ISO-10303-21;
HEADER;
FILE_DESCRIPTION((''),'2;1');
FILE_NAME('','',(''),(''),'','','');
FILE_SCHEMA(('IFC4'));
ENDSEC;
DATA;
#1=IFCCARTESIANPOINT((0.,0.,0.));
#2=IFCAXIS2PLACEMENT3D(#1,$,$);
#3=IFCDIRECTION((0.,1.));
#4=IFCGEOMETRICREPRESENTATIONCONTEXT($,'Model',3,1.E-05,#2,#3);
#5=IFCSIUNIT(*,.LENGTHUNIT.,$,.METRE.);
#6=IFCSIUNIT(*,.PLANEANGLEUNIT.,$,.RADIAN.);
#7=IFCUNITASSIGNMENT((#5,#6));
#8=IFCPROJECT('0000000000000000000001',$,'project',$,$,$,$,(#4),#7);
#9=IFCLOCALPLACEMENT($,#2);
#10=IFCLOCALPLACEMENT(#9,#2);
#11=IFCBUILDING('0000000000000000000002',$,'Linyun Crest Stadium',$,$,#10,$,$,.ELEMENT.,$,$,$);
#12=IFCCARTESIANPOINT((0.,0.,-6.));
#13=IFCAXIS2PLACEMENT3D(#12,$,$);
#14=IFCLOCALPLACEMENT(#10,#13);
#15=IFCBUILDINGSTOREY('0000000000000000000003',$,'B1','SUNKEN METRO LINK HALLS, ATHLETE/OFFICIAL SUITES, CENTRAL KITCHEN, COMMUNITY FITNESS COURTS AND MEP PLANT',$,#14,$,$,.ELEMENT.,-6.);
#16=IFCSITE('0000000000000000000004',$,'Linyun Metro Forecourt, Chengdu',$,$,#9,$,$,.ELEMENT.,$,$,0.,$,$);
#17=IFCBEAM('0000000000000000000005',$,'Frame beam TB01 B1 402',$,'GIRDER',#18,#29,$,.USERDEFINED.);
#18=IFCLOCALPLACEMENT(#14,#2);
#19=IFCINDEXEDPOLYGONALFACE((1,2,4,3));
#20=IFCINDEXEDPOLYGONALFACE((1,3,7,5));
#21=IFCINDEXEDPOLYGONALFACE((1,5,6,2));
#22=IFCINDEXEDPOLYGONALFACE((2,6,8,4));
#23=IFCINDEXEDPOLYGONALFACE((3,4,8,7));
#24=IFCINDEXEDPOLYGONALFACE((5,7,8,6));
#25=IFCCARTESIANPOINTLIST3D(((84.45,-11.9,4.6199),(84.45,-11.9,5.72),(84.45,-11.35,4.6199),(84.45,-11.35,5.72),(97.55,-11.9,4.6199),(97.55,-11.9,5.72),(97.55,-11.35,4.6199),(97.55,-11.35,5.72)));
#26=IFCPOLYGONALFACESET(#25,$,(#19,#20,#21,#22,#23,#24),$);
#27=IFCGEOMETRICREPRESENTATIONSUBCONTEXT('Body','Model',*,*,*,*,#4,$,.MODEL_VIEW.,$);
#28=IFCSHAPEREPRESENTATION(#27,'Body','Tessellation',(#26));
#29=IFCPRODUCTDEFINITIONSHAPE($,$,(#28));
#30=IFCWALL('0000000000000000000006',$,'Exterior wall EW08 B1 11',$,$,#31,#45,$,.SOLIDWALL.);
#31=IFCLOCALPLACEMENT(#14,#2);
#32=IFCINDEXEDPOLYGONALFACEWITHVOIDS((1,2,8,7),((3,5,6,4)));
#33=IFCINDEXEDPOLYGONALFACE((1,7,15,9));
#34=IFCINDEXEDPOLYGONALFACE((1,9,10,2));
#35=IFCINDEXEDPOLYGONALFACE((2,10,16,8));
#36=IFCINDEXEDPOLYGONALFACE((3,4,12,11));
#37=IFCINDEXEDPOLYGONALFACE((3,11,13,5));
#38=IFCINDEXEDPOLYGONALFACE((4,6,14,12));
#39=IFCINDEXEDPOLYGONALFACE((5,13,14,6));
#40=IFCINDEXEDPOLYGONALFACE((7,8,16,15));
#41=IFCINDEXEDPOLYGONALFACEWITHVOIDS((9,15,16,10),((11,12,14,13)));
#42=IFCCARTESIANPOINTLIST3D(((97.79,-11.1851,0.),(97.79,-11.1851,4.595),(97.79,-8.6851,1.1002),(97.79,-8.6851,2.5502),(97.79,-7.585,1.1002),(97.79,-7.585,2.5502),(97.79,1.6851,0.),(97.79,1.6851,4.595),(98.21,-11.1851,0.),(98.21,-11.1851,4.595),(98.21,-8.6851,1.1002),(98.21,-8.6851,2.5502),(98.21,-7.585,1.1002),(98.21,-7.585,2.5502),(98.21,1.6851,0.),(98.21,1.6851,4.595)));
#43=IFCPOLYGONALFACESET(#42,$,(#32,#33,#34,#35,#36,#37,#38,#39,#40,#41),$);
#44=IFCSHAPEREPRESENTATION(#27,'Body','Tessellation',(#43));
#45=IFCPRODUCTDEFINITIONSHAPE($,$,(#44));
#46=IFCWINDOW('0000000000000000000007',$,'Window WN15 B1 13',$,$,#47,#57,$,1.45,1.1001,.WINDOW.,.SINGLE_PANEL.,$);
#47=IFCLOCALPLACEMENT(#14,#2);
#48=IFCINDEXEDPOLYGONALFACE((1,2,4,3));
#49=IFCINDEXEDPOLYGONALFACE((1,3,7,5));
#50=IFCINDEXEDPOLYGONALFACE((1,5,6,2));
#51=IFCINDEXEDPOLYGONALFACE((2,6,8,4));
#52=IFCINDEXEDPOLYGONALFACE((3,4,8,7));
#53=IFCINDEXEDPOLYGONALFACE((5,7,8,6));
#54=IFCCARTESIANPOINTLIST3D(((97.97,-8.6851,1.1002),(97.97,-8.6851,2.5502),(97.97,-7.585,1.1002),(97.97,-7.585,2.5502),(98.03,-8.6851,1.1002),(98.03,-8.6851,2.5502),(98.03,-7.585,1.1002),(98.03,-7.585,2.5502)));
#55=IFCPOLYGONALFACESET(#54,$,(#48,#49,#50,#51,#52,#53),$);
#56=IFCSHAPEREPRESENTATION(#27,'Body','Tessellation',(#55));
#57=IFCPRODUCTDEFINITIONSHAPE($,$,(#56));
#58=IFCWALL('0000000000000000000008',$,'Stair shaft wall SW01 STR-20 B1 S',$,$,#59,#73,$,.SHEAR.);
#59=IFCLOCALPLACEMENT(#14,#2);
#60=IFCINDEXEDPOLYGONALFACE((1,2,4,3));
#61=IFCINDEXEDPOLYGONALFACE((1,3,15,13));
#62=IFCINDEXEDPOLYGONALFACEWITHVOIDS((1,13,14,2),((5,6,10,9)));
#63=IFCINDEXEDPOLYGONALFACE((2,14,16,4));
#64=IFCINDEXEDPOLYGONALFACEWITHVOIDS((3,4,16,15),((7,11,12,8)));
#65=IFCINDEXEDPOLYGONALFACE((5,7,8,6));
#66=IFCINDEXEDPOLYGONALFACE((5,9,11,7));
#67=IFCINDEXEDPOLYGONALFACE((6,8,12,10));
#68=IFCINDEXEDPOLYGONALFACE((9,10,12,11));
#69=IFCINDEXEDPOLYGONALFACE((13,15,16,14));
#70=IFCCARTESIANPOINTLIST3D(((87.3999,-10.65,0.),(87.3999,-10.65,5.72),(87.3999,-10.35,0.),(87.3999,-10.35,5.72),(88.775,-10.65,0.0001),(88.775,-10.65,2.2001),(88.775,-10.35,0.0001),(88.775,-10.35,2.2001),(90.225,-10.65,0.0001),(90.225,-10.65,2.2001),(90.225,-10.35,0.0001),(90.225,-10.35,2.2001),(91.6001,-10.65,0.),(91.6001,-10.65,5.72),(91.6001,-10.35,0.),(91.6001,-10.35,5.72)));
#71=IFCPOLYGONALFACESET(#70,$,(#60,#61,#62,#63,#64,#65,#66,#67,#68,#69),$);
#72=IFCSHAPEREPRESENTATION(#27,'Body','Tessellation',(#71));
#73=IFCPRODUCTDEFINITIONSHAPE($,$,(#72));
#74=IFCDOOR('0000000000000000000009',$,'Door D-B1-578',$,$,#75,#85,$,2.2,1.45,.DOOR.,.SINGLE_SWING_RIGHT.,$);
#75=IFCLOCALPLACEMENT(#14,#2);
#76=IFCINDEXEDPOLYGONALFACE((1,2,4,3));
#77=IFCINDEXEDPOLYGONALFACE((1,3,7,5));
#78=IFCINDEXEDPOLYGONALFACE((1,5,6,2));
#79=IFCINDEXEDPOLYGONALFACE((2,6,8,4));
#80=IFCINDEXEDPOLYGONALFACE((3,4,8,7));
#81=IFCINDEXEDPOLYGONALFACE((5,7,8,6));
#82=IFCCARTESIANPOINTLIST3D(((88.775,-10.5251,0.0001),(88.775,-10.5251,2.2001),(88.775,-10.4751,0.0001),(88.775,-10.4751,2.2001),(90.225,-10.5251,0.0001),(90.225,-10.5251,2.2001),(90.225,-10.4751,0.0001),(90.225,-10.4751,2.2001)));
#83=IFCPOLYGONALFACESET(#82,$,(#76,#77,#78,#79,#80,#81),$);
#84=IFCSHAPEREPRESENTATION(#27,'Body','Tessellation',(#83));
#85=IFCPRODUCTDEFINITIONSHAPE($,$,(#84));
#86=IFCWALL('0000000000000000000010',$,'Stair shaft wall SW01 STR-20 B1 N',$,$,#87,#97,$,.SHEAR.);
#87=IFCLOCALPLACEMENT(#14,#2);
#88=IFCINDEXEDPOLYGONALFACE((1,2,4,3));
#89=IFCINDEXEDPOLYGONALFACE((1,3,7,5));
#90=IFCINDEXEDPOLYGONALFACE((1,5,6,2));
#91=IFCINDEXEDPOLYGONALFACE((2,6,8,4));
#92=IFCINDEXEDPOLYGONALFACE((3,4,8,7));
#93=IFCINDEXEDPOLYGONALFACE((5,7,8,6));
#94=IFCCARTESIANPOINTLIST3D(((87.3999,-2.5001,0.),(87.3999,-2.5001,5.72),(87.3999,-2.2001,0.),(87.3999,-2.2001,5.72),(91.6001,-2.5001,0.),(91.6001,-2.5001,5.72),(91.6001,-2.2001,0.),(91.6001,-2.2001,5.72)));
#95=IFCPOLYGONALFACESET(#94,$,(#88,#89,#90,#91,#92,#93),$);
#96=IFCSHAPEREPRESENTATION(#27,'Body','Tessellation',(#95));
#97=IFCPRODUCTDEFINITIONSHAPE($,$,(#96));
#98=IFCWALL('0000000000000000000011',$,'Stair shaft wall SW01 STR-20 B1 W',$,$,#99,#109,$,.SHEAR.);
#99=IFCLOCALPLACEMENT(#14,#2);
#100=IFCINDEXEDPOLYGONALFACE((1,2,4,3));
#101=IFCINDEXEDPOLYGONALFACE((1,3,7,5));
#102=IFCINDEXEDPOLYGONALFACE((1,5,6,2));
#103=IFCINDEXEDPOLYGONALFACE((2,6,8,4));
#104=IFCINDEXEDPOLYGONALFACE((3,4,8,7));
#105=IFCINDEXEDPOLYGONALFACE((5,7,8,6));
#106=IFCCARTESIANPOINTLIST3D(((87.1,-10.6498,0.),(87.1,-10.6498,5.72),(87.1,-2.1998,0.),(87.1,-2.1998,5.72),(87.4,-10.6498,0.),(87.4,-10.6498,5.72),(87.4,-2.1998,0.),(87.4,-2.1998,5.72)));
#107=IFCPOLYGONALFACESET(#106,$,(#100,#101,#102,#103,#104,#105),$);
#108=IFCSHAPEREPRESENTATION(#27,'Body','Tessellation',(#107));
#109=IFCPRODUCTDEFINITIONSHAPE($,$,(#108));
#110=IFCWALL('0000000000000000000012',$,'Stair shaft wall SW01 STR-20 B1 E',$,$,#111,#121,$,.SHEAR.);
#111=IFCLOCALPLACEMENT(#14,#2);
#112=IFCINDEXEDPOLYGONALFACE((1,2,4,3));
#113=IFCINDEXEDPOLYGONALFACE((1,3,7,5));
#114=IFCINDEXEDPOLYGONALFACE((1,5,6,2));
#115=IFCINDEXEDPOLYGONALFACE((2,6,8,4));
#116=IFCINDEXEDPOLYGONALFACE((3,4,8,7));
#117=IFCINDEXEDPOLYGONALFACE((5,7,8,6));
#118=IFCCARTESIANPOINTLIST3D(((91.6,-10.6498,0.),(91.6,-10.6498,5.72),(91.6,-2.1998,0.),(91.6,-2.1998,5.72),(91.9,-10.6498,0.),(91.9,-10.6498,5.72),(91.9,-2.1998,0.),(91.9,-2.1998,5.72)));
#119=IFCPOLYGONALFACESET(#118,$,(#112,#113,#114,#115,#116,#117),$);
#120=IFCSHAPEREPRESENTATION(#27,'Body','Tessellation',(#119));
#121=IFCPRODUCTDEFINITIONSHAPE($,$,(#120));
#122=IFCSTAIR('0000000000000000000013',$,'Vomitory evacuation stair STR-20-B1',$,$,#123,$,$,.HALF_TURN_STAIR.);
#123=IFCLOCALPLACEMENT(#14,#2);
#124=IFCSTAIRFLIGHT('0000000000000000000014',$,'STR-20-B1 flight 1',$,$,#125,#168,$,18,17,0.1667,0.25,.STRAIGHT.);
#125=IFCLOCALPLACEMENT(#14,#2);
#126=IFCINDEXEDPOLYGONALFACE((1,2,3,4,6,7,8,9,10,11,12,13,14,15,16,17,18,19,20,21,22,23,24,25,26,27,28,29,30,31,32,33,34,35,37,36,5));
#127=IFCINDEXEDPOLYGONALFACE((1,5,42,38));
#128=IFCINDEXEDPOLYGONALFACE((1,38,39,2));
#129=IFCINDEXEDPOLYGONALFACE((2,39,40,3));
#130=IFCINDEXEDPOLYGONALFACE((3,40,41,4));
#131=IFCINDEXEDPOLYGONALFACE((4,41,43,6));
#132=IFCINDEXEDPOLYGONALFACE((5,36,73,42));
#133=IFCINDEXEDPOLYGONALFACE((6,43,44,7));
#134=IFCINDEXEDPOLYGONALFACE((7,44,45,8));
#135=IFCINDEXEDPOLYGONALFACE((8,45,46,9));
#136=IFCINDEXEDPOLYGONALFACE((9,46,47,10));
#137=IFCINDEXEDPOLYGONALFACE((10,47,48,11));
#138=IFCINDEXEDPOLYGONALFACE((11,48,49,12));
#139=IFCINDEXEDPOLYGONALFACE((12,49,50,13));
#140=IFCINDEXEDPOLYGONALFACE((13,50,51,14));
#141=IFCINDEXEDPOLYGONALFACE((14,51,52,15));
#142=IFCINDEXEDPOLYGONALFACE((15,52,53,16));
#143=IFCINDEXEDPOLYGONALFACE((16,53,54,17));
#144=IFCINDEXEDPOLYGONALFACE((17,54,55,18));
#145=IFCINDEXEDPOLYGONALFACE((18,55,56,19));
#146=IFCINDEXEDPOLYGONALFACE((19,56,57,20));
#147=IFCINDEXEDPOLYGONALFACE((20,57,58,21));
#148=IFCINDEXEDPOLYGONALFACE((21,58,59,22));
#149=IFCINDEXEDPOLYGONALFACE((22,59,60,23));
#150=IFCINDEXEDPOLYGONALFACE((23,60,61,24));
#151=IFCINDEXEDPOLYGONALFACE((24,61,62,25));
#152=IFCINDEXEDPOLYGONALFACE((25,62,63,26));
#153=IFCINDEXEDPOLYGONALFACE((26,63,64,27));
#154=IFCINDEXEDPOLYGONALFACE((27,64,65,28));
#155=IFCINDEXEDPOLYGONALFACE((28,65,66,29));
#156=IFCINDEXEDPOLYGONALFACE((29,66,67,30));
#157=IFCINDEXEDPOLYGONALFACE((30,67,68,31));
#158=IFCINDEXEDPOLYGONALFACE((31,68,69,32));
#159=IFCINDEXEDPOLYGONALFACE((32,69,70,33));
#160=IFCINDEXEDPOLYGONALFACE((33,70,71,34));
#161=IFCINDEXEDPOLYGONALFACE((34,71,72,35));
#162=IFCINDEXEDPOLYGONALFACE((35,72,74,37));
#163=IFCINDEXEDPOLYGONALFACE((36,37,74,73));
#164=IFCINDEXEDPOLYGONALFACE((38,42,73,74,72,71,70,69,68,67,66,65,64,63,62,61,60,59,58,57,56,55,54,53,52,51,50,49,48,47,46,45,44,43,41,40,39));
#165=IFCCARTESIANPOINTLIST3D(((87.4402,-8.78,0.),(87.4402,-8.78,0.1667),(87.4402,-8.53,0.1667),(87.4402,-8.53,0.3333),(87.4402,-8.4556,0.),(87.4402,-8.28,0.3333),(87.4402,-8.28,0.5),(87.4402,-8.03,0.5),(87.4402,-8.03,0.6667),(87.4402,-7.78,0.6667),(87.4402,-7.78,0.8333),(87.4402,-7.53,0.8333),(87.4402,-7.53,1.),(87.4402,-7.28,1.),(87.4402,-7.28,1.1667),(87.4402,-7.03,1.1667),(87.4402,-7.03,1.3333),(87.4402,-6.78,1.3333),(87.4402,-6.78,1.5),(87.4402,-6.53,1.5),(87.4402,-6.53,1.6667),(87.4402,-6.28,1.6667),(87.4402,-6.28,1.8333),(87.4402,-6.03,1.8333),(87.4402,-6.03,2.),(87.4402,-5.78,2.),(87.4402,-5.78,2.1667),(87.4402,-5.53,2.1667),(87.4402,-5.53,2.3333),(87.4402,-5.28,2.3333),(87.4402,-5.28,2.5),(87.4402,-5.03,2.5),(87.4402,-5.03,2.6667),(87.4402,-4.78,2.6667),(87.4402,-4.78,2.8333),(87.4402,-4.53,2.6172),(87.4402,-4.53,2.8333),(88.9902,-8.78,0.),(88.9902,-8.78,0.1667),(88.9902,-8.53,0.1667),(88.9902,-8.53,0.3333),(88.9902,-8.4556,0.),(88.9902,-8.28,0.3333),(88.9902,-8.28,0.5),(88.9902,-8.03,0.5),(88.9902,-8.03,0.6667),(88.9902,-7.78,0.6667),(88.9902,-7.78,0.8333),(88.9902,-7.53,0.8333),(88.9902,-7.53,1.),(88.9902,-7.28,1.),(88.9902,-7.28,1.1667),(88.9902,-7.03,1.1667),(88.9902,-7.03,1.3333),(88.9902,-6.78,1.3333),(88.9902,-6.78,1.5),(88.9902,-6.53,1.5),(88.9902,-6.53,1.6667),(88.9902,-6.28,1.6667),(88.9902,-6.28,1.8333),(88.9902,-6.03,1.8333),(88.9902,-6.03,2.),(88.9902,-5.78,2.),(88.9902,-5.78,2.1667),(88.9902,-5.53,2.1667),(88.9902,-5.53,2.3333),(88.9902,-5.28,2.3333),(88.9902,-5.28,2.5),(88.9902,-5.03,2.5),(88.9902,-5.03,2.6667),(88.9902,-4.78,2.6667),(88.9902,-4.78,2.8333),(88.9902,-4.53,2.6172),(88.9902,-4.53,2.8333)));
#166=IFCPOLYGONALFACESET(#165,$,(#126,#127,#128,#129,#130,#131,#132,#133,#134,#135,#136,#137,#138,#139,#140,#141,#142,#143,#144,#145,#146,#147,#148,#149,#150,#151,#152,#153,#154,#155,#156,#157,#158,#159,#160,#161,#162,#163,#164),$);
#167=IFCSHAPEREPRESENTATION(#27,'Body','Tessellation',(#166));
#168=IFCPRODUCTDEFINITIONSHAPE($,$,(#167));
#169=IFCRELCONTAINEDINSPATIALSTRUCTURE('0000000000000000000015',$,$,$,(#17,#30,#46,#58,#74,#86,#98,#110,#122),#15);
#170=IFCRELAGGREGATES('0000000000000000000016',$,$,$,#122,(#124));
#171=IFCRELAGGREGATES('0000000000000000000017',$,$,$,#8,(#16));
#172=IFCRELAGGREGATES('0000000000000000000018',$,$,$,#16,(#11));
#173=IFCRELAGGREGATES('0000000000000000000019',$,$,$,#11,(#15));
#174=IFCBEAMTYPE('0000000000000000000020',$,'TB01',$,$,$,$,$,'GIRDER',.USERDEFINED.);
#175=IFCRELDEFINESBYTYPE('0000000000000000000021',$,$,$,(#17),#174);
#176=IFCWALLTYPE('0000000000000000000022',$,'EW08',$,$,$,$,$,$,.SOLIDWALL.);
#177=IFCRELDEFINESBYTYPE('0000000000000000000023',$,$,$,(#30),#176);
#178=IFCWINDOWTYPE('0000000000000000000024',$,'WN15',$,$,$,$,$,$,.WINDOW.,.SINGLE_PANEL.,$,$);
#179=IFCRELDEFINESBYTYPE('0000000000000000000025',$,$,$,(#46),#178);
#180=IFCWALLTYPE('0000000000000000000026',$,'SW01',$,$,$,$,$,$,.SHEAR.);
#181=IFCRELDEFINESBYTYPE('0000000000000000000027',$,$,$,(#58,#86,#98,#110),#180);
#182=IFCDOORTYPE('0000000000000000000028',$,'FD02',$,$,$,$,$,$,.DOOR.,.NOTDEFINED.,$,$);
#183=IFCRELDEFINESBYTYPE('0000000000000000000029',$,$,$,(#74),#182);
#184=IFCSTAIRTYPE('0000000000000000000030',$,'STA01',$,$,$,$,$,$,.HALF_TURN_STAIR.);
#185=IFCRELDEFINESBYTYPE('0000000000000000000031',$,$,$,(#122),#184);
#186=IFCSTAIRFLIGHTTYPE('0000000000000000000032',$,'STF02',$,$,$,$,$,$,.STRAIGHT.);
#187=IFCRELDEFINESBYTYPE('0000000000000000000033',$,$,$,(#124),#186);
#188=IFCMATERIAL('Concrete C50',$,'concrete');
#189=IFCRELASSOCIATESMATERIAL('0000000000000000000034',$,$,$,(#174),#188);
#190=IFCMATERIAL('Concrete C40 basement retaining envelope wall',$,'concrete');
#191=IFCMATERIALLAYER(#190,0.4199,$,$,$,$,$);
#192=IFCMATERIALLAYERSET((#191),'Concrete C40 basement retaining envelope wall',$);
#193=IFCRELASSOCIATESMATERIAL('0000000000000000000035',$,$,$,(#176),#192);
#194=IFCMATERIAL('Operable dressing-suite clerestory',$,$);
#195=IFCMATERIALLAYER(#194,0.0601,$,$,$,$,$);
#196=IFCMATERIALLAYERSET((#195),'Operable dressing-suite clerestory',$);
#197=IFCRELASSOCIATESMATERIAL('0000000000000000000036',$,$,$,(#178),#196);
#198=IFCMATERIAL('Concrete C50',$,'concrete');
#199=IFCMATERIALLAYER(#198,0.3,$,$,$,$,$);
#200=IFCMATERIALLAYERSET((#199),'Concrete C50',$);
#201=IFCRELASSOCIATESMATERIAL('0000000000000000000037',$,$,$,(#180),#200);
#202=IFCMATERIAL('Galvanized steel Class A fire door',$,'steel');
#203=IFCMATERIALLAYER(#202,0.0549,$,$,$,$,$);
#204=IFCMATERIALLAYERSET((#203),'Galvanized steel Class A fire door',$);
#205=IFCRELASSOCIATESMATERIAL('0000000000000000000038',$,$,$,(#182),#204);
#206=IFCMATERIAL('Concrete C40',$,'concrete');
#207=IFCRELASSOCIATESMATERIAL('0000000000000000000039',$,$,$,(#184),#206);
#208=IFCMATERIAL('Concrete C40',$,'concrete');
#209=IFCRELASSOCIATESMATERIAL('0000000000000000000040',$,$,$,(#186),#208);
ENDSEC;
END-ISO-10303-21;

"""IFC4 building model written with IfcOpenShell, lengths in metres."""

from ifc_helpers import new_model, si_unit, direction, frame, frame_2d, origin, origin_2d, place, context, subcontext, project, spatial, polyline, rectangle, outline, extrude, material, layer, layer_set, material_profile, profile_set, type_object, element, fill, aggregate, save


model = new_model("IFC4")

# Units and contexts
model_context = context("Model", 3, precision=1e-05, world=origin(), true_north=direction((0.0, 1.0)))
body_context = subcontext(model_context, "Body", "Model", "MODEL_VIEW")
ifc_project = project(units=[si_unit("LENGTHUNIT", "METRE"), si_unit("PLANEANGLEUNIT", "RADIAN")], contexts=[model_context])

# Site, building, storey
site_placement = place(None, origin())
site = spatial("IfcSite", under=ifc_project, at=site_placement, Name="Linyun Metro Forecourt, Chengdu", CompositionType="ELEMENT", RefElevation=0.0)
building_placement = place(site_placement, origin())
building = spatial("IfcBuilding", under=site, at=building_placement, Name="Linyun Crest Stadium", CompositionType="ELEMENT")
storey_placement = place(building_placement, frame((0.0, 0.0, -6.0)))
storey = spatial("IfcBuildingStorey", under=building, at=storey_placement, Name="B1", Description="SUNKEN METRO LINK HALLS, ATHLETE/OFFICIAL SUITES, CENTRAL KITCHEN, COMMUNITY FITNESS COURTS AND MEP PLANT", CompositionType="ELEMENT", Elevation=-6.0)

# Beam
ifc_material_1 = material(Name="Concrete C50", Category="concrete")
ifc_material_profile_1 = material_profile(ifc_material_1, rectangle(XDim=0.55, YDim=1.1001, at=origin_2d()), Name="RCB 1100x550")
ifc_profile_set_1 = profile_set([ifc_material_profile_1], Name="Concrete C50")
beam_type_1 = type_object("IfcBeamType", Name="TB01", ElementType="GIRDER", PredefinedType="USERDEFINED", material=ifc_profile_set_1)
beam_1_placement = place(storey_placement, frame((84.45, -11.625, 5.1699), z_axis=(1.0, 0.0, 0.0), x_axis=(0.0, 1.0, 0.0)))
element("IfcBeam", 1, at=beam_1_placement, inside=storey, type_object=beam_type_1, Name="Frame beam TB01 B1 402", ObjectType="GIRDER", PredefinedType="USERDEFINED", context=body_context, shape_type="SweptSolid", body=[
    extrude(rectangle(XDim=0.55, YDim=1.1001, at=origin_2d()), origin(), (0.0, 0.0, 1.0), 13.1001),
])

# Wall, opening, window
ifc_material_2 = material(Name="Concrete C40 basement retaining envelope wall", Category="concrete")
ifc_layer_1 = layer(ifc_material_2, 0.4199)
ifc_layer_set_1 = layer_set([ifc_layer_1], Name="Concrete C40 basement retaining envelope wall")
wall_type_1 = type_object("IfcWallType", Name="EW08", PredefinedType="SOLIDWALL", material=ifc_layer_set_1)
wall_1_placement = place(storey_placement, frame((98.0, -11.1851, 0.0), z_axis=(0.0, 0.0, 1.0), x_axis=(0.0, 1.0, 0.0)))
wall_1 = element("IfcWall", 2, at=wall_1_placement, inside=storey, type_object=wall_type_1, Name="Exterior wall EW08 B1 11", PredefinedType="SOLIDWALL", context=body_context, shape_type="SweptSolid", body=[
    extrude(rectangle(XDim=12.8701, YDim=0.4199, at=frame_2d((6.4351, 0.0))), origin(), (0.0, 0.0, 1.0), 4.595),
])
opening_1_placement = place(wall_1_placement, frame((2.5, 0.0, 1.1001)))
opening_1 = element("IfcOpeningElement", 3, at=opening_1_placement, cuts=wall_1, PredefinedType="OPENING", context=body_context, shape_type="SweptSolid", body=[
    extrude(rectangle(XDim=1.1001, YDim=1.45, at=frame_2d((0.55, 0.7251))), frame((0.0, 0.22, 0.0), z_axis=(0.0, -1.0, 0.0), x_axis=(1.0, 0.0, 0.0)), (0.0, 0.0, 1.0), 0.4399),
])
ifc_material_3 = material(Name="Operable dressing-suite clerestory")
ifc_layer_2 = layer(ifc_material_3, 0.0601)
ifc_layer_set_2 = layer_set([ifc_layer_2], Name="Operable dressing-suite clerestory")
window_type = type_object("IfcWindowType", Name="WN15", PartitioningType="SINGLE_PANEL", PredefinedType="WINDOW", material=ifc_layer_set_2)
window_placement = place(opening_1_placement, origin())
window = element("IfcWindow", 4, at=window_placement, inside=storey, type_object=window_type, Name="Window WN15 B1 13", OverallHeight=1.45, OverallWidth=1.1001, PartitioningType="SINGLE_PANEL", PredefinedType="WINDOW", context=body_context, shape_type="SweptSolid", body=[
    extrude(rectangle(XDim=1.1001, YDim=1.45, at=frame_2d((0.55, 0.7251))), frame((0.0, 0.03, 0.0), z_axis=(0.0, -1.0, 0.0), x_axis=(1.0, 0.0, 0.0)), (0.0, 0.0, 1.0), 0.0601),
])
fill(opening_1, window)

# Wall, opening, door
ifc_material_4 = material(Name="Concrete C50", Category="concrete")
ifc_layer_3 = layer(ifc_material_4, 0.3)
ifc_layer_set_3 = layer_set([ifc_layer_3], Name="Concrete C50")
wall_type_2 = type_object("IfcWallType", Name="SW01", PredefinedType="SHEAR", material=ifc_layer_set_3)
wall_2_placement = place(storey_placement, frame((87.3999, -10.5, 0.0), z_axis=(0.0, 0.0, 1.0), x_axis=(1.0, 0.0, 0.0)))
wall_2 = element("IfcWall", 5, at=wall_2_placement, inside=storey, type_object=wall_type_2, Name="Stair shaft wall SW01 STR-20 B1 S", PredefinedType="SHEAR", context=body_context, shape_type="SweptSolid", body=[
    extrude(rectangle(XDim=4.2002, YDim=0.3, at=frame_2d((2.1001, 0.0))), origin(), (0.0, 0.0, 1.0), 5.72),
])
opening_2_placement = place(wall_2_placement, frame((1.375, 0.0, 0.0)))
opening_2 = element("IfcOpeningElement", 6, at=opening_2_placement, cuts=wall_2, PredefinedType="OPENING", context=body_context, shape_type="SweptSolid", body=[
    extrude(rectangle(XDim=1.45, YDim=2.2, at=frame_2d((0.7251, 1.1001))), frame((0.0, 0.1599, 0.0), z_axis=(0.0, -1.0, 0.0), x_axis=(1.0, 0.0, 0.0)), (0.0, 0.0, 1.0), 0.3201),
])
ifc_material_5 = material(Name="Galvanized steel Class A fire door", Category="steel")
ifc_layer_4 = layer(ifc_material_5, 0.0549)
ifc_layer_set_4 = layer_set([ifc_layer_4], Name="Galvanized steel Class A fire door")
door_type = type_object("IfcDoorType", Name="FD02", OperationType="NOTDEFINED", PredefinedType="DOOR", material=ifc_layer_set_4)
door_placement = place(opening_2_placement, origin())
door = element("IfcDoor", 7, at=door_placement, inside=storey, type_object=door_type, Name="Door D-B1-578", OperationType="SINGLE_SWING_RIGHT", OverallHeight=2.2, OverallWidth=1.45, PredefinedType="DOOR", context=body_context, shape_type="SweptSolid", body=[
    extrude(rectangle(XDim=1.45, YDim=2.2, at=frame_2d((0.7251, 1.1001))), frame((0.0, 0.0249, 0.0), z_axis=(0.0, -1.0, 0.0), x_axis=(1.0, 0.0, 0.0)), (0.0, 0.0, 1.0), 0.05),
])
fill(opening_2, door)

# Walls
wall_3_placement = place(storey_placement, frame((87.3999, -2.3501, 0.0), z_axis=(0.0, 0.0, 1.0), x_axis=(1.0, 0.0, 0.0)))
element("IfcWall", 8, at=wall_3_placement, inside=storey, type_object=wall_type_2, Name="Stair shaft wall SW01 STR-20 B1 N", PredefinedType="SHEAR", context=body_context, shape_type="SweptSolid", body=[
    extrude(rectangle(XDim=4.2002, YDim=0.3, at=frame_2d((2.1001, 0.0))), origin(), (0.0, 0.0, 1.0), 5.72),
])
for number, where, z_axis, x_axis, name in (
    (9, (87.25, -10.6499, 0.0), (0.0, 0.0, 1.0), (0.0, 1.0, 0.0), "Stair shaft wall SW01 STR-20 B1 W"),
    (10, (91.75, -10.6499, 0.0), (0.0, 0.0, 1.0), (0.0, 1.0, 0.0), "Stair shaft wall SW01 STR-20 B1 E"),
):
    element("IfcWall", number, at=place(storey_placement, frame(where, z_axis=z_axis, x_axis=x_axis)), inside=storey, type_object=wall_type_2, Name=name, PredefinedType="SHEAR", context=body_context, shape_type="SweptSolid", body=[
        extrude(rectangle(XDim=8.45, YDim=0.3, at=frame_2d((4.2251, 0.0))), origin(), (0.0, 0.0, 1.0), 5.72),
    ])

# Stair, stair flight
ifc_material_6 = material(Name="Concrete C40", Category="concrete")
stair_type = type_object("IfcStairType", Name="STA01", PredefinedType="HALF_TURN_STAIR", material=ifc_material_6)
stair_placement = place(storey_placement, origin())
stair = element("IfcStair", 11, at=stair_placement, inside=storey, type_object=stair_type, Name="Vomitory evacuation stair STR-20-B1", PredefinedType="HALF_TURN_STAIR")
ifc_material_7 = material(Name="Concrete C40", Category="concrete")
stair_flight_type = type_object("IfcStairFlightType", Name="STF02", PredefinedType="STRAIGHT", material=ifc_material_7)
stair_flight_1_placement = place(storey_placement, frame((88.2151, -8.78, 0.0), z_axis=(0.0, 0.0, 1.0), x_axis=(0.0, 1.0, 0.0)))
stair_flight_1 = element("IfcStairFlight", 12, at=stair_flight_1_placement, type_object=stair_flight_type, Name="STR-20-B1 flight 1", NumberOfRisers=18, NumberOfTreads=17, PredefinedType="STRAIGHT", RiserHeight=0.1667, TreadLength=0.25, context=body_context, shape_type="SweptSolid", body=[
    extrude(outline(polyline([(0.0, 0.0), (0.0, 0.1667), (0.25, 0.1667), (0.25, 0.3333), (0.5, 0.3333), (0.5, 0.5), (0.75, 0.5), (0.75, 0.6667), (1.0, 0.6667), (1.0, 0.8333), (1.25, 0.8333), (1.25, 1.0), (1.5, 1.0), (1.5, 1.1667), (1.75, 1.1667), (1.75, 1.3333), (2.0, 1.3333), (2.0, 1.5), (2.25, 1.5), (2.25, 1.6667), (2.5, 1.6667), (2.5, 1.8333), (2.75, 1.8333), (2.75, 2.0), (3.0, 2.0), (3.0, 2.1667), (3.25, 2.1667), (3.25, 2.3333), (3.5, 2.3333), (3.5, 2.5), (3.75, 2.5), (3.75, 2.6667), (4.0, 2.6667), (4.0, 2.8333), (4.25, 2.8333), (4.25, 3.0), (4.25, 2.6172), (0.3245, 0.0), (0.0, 0.0)])), frame((0.0, 0.7749, 0.0), z_axis=(0.0, -1.0, 0.0), x_axis=(1.0, 0.0, 0.0)), (0.0, 0.0, 1.0), 1.55),
])
aggregate(stair, [stair_flight_1])

save(model, "model.ifc")
